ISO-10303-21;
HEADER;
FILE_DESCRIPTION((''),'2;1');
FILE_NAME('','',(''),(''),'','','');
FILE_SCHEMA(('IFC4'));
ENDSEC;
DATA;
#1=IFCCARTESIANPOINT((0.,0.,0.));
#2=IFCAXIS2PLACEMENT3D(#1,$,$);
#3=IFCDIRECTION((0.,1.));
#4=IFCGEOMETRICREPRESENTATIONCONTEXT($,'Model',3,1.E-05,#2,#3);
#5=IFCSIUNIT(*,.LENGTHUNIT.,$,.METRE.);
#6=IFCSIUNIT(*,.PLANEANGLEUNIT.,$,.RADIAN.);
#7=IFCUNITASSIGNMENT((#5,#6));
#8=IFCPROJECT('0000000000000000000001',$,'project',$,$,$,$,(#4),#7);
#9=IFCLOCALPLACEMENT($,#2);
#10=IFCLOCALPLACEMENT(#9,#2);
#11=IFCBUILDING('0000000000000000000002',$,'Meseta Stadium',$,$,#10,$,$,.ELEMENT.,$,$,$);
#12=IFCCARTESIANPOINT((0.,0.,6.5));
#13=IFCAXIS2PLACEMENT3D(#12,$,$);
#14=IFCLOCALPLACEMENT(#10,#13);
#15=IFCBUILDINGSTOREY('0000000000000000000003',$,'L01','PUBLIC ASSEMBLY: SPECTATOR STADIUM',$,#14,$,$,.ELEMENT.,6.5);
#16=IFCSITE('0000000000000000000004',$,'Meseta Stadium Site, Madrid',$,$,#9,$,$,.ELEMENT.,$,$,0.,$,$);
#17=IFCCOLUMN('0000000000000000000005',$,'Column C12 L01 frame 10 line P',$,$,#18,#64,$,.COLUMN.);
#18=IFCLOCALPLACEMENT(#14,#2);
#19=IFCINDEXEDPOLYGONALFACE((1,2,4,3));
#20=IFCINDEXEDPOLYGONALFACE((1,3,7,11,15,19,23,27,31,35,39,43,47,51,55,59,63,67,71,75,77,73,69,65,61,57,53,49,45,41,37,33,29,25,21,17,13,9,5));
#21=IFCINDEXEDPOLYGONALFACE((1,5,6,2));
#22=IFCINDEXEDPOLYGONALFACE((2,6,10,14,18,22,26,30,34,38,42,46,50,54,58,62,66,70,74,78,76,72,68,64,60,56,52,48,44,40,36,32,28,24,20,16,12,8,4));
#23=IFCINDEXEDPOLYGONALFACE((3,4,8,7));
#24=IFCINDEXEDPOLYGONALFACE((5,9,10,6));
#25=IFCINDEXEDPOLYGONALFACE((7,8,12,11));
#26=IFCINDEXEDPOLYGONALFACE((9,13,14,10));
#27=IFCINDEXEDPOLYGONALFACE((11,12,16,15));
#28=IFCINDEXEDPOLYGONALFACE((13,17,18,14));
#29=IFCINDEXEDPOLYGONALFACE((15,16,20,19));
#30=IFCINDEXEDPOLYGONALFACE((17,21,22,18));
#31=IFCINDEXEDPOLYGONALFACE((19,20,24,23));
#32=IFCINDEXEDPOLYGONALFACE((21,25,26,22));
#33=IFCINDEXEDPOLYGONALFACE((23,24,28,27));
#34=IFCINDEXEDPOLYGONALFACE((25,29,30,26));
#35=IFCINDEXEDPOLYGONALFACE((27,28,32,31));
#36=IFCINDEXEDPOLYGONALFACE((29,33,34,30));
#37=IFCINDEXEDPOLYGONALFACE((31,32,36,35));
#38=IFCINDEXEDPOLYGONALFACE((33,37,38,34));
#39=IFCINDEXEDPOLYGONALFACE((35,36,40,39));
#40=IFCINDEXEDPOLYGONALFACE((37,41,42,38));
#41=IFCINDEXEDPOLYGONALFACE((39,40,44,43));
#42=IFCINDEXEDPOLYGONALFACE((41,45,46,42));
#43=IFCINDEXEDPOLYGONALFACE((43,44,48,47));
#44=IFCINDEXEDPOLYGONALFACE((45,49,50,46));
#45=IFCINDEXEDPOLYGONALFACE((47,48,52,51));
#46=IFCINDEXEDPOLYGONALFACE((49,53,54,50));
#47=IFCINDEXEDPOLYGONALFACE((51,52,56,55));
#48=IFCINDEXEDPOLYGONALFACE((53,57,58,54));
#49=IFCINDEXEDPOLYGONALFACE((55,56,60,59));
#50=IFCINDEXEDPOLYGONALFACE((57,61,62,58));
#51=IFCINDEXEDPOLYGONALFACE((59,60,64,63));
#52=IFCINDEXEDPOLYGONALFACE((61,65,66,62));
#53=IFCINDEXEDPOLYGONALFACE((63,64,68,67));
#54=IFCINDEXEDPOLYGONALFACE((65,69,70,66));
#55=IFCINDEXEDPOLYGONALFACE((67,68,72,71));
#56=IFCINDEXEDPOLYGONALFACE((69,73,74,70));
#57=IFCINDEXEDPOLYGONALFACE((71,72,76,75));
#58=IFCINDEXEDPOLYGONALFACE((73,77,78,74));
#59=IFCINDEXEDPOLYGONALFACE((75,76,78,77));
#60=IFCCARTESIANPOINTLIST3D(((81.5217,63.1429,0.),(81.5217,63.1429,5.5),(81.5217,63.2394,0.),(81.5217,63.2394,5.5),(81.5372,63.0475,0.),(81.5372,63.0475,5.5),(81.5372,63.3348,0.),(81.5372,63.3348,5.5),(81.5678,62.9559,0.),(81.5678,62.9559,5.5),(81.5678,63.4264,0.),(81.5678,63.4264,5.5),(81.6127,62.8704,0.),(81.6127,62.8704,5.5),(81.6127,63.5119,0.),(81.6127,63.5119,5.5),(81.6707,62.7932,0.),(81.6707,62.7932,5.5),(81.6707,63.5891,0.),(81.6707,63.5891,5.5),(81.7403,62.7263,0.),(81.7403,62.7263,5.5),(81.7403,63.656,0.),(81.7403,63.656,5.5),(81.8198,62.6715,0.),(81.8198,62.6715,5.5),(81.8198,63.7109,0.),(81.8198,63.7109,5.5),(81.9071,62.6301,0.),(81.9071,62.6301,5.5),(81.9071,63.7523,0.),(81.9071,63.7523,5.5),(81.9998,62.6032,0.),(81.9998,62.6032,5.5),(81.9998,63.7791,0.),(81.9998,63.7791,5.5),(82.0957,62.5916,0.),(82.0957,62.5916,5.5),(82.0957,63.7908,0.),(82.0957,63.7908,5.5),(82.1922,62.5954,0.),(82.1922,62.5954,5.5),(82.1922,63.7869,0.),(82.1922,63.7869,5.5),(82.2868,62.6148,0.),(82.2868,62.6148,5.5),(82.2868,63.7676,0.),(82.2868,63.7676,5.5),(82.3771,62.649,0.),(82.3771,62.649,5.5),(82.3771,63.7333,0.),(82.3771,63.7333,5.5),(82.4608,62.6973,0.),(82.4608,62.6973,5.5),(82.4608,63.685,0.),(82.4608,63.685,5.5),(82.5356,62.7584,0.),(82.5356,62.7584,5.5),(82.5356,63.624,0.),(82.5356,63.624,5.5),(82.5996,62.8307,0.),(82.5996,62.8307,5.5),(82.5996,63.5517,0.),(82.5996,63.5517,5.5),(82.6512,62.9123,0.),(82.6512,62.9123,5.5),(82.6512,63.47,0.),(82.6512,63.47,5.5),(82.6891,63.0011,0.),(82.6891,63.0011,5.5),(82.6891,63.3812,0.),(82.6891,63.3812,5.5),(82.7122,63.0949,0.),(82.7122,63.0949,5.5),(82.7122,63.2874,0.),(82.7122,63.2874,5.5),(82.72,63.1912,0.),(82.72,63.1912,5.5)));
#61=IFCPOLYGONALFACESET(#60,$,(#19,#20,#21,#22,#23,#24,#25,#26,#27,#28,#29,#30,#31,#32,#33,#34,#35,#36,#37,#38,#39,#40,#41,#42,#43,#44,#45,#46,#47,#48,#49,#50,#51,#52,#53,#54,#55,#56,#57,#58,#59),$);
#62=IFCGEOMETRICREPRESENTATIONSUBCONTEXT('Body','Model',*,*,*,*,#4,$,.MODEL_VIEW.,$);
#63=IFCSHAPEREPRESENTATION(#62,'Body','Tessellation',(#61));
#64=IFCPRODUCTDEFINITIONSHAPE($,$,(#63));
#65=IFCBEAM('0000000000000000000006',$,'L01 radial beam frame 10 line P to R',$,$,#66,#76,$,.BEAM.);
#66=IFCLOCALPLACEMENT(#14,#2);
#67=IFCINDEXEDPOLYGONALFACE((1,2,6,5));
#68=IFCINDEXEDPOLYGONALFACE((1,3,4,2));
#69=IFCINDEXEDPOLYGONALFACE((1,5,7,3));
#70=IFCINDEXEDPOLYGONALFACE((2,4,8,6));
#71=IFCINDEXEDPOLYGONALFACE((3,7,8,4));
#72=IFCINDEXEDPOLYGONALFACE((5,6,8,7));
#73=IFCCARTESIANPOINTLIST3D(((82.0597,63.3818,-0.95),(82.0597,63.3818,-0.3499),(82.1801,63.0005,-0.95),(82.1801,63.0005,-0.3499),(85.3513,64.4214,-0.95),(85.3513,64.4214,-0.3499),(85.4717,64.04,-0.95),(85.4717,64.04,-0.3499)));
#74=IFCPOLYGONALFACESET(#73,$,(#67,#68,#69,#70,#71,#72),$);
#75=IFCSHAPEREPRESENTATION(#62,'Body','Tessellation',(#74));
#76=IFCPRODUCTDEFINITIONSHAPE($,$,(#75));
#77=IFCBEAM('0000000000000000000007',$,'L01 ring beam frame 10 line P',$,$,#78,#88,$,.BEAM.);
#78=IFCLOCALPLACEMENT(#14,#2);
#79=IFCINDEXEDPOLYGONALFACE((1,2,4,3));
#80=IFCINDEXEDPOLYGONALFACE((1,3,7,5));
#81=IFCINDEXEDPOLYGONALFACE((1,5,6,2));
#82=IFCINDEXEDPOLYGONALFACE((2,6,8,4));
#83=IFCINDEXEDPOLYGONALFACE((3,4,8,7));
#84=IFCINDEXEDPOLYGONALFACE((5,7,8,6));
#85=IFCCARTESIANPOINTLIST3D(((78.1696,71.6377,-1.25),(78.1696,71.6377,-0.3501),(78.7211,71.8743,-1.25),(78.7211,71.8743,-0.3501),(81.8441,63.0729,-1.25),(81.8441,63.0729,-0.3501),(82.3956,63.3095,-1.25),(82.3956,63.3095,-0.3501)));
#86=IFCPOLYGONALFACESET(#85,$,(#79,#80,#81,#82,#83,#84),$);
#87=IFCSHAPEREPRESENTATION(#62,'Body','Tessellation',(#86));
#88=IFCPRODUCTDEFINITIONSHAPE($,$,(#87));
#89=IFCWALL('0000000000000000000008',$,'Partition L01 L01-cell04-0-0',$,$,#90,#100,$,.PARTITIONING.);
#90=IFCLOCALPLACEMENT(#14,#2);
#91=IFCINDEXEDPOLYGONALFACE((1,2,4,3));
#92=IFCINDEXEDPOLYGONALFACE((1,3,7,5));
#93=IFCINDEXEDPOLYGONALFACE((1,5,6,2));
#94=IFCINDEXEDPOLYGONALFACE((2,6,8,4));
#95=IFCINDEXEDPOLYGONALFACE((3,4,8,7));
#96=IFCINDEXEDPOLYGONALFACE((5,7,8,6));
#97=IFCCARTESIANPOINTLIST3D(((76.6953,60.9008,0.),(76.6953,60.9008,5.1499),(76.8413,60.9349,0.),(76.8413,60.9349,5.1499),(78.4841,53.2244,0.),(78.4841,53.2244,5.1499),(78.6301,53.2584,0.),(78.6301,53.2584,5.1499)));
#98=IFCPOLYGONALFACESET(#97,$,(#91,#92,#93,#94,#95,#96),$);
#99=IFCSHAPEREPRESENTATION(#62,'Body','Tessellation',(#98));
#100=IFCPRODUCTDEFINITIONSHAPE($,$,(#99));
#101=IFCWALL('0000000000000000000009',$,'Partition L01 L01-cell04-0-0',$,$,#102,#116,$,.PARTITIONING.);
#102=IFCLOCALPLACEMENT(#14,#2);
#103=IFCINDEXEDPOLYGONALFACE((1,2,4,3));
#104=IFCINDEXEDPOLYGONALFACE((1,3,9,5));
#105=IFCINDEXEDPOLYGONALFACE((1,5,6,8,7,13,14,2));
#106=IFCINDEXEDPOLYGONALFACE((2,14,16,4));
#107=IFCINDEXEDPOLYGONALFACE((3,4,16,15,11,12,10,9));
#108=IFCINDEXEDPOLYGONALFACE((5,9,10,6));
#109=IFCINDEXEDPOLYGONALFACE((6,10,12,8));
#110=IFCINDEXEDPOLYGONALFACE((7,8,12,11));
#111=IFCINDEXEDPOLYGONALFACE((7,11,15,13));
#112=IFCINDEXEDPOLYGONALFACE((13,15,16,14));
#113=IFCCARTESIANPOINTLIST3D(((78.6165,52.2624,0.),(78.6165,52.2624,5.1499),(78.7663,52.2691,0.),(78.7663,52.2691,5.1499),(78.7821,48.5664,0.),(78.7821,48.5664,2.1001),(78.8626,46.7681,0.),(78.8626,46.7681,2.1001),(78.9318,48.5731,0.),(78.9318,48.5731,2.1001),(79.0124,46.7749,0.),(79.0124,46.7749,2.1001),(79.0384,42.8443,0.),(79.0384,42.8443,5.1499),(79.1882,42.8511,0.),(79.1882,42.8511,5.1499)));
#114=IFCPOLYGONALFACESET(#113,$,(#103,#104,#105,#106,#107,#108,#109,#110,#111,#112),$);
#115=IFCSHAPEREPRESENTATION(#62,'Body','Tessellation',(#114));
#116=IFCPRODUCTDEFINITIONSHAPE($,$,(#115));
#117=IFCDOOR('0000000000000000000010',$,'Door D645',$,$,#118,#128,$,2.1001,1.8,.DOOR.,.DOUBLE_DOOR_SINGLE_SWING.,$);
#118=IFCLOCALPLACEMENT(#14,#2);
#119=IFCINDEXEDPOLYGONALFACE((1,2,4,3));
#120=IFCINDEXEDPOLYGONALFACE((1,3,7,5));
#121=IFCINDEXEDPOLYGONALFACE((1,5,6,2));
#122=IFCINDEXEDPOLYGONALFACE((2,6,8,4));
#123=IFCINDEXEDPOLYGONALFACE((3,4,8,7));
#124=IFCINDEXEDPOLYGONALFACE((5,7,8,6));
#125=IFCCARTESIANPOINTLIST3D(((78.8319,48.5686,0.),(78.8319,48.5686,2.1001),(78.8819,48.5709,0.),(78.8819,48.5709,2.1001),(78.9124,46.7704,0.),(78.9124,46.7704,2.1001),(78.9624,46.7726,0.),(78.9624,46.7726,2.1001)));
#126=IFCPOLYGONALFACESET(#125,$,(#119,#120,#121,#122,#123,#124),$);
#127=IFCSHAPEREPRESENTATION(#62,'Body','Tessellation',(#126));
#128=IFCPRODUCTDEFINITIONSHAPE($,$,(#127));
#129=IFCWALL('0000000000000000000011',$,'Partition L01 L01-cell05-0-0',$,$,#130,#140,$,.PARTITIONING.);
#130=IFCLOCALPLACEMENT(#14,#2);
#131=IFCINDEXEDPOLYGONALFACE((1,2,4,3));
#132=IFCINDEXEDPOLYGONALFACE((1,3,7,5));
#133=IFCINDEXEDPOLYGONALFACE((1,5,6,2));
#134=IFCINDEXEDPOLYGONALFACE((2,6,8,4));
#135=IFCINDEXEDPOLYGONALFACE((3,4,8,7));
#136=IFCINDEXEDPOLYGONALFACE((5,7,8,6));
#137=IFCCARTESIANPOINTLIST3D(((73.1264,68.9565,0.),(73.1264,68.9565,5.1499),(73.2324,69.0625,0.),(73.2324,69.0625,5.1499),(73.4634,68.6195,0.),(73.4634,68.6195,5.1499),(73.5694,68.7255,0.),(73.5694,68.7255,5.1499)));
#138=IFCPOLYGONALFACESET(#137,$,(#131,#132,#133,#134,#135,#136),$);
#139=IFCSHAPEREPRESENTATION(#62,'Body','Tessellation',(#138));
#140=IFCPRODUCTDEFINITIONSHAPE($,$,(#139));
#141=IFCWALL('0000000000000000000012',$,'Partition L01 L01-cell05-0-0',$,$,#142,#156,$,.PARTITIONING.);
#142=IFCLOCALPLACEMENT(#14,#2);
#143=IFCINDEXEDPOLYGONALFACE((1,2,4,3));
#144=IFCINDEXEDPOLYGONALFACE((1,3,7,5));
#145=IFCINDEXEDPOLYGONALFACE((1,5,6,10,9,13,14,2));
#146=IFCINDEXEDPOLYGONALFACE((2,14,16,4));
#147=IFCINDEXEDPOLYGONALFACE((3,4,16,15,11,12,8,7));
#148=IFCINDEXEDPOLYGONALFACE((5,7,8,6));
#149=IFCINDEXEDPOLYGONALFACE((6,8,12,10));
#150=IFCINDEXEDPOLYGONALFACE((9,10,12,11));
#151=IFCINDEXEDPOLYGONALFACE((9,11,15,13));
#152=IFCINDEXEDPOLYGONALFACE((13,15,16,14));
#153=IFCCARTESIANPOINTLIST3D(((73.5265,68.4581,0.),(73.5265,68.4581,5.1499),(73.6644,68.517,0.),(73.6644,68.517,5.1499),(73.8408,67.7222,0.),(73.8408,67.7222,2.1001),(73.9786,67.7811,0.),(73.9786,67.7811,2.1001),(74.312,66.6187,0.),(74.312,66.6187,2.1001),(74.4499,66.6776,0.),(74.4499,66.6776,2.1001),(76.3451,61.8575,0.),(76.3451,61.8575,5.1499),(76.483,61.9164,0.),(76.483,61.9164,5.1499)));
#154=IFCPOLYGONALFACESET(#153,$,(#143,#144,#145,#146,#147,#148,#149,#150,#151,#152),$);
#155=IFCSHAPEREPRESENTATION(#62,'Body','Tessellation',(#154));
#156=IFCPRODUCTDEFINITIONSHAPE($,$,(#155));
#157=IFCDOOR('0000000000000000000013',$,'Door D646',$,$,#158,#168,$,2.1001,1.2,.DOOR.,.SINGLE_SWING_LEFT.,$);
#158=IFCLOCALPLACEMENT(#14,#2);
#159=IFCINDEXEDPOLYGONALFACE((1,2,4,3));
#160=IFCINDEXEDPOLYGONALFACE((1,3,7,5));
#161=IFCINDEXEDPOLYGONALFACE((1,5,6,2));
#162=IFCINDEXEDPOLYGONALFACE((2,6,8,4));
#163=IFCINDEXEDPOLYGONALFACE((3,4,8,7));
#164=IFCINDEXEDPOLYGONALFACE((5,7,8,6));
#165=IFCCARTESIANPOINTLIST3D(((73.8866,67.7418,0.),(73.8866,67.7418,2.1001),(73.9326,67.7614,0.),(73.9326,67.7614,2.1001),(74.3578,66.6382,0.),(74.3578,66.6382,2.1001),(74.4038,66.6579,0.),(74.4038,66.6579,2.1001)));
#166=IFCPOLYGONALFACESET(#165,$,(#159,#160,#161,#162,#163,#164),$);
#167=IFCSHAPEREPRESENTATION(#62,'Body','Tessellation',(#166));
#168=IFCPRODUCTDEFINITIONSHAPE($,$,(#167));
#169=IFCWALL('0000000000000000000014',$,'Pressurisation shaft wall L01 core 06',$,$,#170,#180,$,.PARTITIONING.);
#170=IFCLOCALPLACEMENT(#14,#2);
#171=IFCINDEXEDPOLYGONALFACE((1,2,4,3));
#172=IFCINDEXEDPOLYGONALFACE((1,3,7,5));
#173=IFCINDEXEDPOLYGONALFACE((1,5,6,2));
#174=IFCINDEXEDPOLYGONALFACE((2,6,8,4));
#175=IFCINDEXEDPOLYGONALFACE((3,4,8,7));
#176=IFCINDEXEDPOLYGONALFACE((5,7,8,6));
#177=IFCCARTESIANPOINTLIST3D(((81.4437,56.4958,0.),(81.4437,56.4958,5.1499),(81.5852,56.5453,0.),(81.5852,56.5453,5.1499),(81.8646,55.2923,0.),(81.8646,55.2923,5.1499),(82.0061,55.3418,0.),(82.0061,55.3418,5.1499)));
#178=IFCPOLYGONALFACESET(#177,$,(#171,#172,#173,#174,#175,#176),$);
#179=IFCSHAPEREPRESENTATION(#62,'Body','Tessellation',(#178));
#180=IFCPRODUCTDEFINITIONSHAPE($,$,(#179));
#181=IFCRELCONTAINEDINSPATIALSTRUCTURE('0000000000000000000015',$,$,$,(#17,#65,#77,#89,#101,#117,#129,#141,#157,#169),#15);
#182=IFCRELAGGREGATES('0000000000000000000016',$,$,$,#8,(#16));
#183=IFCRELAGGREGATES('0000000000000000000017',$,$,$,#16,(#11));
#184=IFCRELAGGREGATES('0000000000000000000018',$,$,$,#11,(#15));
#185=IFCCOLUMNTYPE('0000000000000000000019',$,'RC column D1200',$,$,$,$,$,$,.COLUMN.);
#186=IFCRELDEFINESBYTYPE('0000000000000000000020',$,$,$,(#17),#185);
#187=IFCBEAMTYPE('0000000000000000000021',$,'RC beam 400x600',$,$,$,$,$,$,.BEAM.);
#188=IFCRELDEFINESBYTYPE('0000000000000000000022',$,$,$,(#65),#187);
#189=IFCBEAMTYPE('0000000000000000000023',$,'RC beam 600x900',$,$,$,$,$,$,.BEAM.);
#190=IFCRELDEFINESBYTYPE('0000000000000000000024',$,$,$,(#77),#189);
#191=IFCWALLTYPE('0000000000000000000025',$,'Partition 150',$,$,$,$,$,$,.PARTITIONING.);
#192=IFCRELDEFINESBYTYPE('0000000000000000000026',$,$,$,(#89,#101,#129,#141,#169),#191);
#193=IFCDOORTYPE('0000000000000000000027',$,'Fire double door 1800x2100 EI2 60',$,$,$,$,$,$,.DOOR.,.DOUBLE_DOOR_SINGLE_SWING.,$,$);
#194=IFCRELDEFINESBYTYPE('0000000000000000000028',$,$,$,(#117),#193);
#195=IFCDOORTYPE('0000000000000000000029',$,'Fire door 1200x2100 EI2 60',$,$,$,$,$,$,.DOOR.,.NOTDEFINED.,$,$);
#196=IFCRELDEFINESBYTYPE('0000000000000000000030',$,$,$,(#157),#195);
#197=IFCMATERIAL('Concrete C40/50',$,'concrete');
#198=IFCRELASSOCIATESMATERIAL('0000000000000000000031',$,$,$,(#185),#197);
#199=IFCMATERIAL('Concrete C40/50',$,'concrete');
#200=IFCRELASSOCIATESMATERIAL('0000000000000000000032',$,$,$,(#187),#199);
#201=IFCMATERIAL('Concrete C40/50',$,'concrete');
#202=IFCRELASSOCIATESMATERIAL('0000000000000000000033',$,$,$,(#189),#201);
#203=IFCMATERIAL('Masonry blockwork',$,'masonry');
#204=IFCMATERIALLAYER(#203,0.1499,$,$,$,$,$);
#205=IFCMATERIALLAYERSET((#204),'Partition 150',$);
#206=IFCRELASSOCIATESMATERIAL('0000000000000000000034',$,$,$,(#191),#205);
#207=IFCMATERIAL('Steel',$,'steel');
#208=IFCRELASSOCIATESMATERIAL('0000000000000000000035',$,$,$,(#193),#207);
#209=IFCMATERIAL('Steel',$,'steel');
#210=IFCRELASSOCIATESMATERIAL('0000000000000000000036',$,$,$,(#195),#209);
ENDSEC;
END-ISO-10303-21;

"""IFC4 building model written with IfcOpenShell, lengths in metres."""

from ifc_helpers import new_model, si_unit, direction, frame, frame_2d, origin, origin_2d, place, context, subcontext, project, spatial, rectangle, circle, extrude, material, layer, layer_set, material_profile, profile_set, type_object, element, fill, save


model = new_model("IFC4")

# Units and contexts
model_context = context("Model", 3, precision=1e-05, world=origin(), true_north=direction((0.0, 1.0)))
body_context = subcontext(model_context, "Body", "Model", "MODEL_VIEW")
ifc_project = project(units=[si_unit("LENGTHUNIT", "METRE"), si_unit("PLANEANGLEUNIT", "RADIAN")], contexts=[model_context])

# Site, building, storey
site_placement = place(None, origin())
site = spatial("IfcSite", under=ifc_project, at=site_placement, Name="Meseta Stadium Site, Madrid", CompositionType="ELEMENT", RefElevation=0.0)
building_placement = place(site_placement, origin())
building = spatial("IfcBuilding", under=site, at=building_placement, Name="Meseta Stadium", CompositionType="ELEMENT")
storey_placement = place(building_placement, frame((0.0, 0.0, 6.5)))
storey = spatial("IfcBuildingStorey", under=building, at=storey_placement, Name="L01", Description="PUBLIC ASSEMBLY: SPECTATOR STADIUM", CompositionType="ELEMENT", Elevation=6.5)

# Column
ifc_material_1 = material(Name="Concrete C40/50", Category="concrete")
ifc_material_profile_1 = material_profile(ifc_material_1, circle(Radius=0.6001, at=origin_2d()), Name="RC D1200")
ifc_profile_set_1 = profile_set([ifc_material_profile_1], Name="Concrete C40/50")
column_type = type_object("IfcColumnType", Name="RC column D1200", PredefinedType="COLUMN", material=ifc_profile_set_1)
column_placement = place(storey_placement, frame((82.1199, 63.1912, 0.0), z_axis=(0.0, 0.0, 1.0), x_axis=(1.0, 0.0, 0.0)))
element("IfcColumn", 1, at=column_placement, inside=storey, type_object=column_type, Name="Column C12 L01 frame 10 line P", PredefinedType="COLUMN", context=body_context, shape_type="SweptSolid", body=[
    extrude(circle(Radius=0.6001, at=origin_2d()), origin(), (0.0, 0.0, 1.0), 5.5),
])

# Beams
ifc_material_2 = material(Name="Concrete C40/50", Category="concrete")
ifc_material_profile_2 = material_profile(ifc_material_2, rectangle(XDim=0.3999, YDim=0.6001, at=origin_2d()), Name="RC 400x600")
ifc_profile_set_2 = profile_set([ifc_material_profile_2], Name="Concrete C40/50")
beam_type_1 = type_object("IfcBeamType", Name="RC beam 400x600", PredefinedType="BEAM", material=ifc_profile_set_2)
beam_1_placement = place(storey_placement, frame((82.1199, 63.1912, -0.6499), z_axis=(0.953578, 0.301145, 0.0), x_axis=(-0.301145, 0.953578, 0.0)))
element("IfcBeam", 2, at=beam_1_placement, inside=storey, type_object=beam_type_1, Name="L01 radial beam frame 10 line P to R", PredefinedType="BEAM", context=body_context, shape_type="SweptSolid", body=[
    extrude(rectangle(XDim=0.3999, YDim=0.6001, at=origin_2d()), origin(), (0.0, 0.0, 1.0), 3.4519),
])
ifc_material_3 = material(Name="Concrete C40/50", Category="concrete")
ifc_material_profile_3 = material_profile(ifc_material_3, rectangle(XDim=0.6001, YDim=0.8999, at=origin_2d()), Name="RC 600x900")
ifc_profile_set_3 = profile_set([ifc_material_profile_3], Name="Concrete C40/50")
beam_type_2 = type_object("IfcBeamType", Name="RC beam 600x900", PredefinedType="BEAM", material=ifc_profile_set_3)
beam_2_placement = place(storey_placement, frame((82.1199, 63.1912, -0.8), z_axis=(-0.39427, 0.918995, 0.0), x_axis=(-0.918995, -0.39427, 0.0)))
element("IfcBeam", 3, at=beam_2_placement, inside=storey, type_object=beam_type_2, Name="L01 ring beam frame 10 line P", PredefinedType="BEAM", context=body_context, shape_type="SweptSolid", body=[
    extrude(rectangle(XDim=0.6001, YDim=0.8999, at=origin_2d()), origin(), (0.0, 0.0, 1.0), 9.3198),
])

# Wall
ifc_material_4 = material(Name="Masonry blockwork", Category="masonry")
ifc_layer = layer(ifc_material_4, 0.1499)
ifc_layer_set = layer_set([ifc_layer], Name="Partition 150")
wall_type = type_object("IfcWallType", Name="Partition 150", PredefinedType="PARTITIONING", material=ifc_layer_set)
wall_1_placement = place(storey_placement, frame((76.7683, 60.9177, 0.0), z_axis=(0.0, 0.0, 1.0), x_axis=(0.226945, -0.973908, 0.0)))
element("IfcWall", 4, at=wall_1_placement, inside=storey, type_object=wall_type, Name="Partition L01 L01-cell04-0-0", PredefinedType="PARTITIONING", context=body_context, shape_type="SweptSolid", body=[
    extrude(rectangle(XDim=7.8821, YDim=0.1499, at=frame_2d((3.9409, 0.0))), origin(), (0.0, 0.0, 1.0), 5.1499),
])

# Wall, opening, door
wall_2_placement = place(storey_placement, frame((78.6914, 52.2659, 0.0), z_axis=(0.0, 0.0, 1.0), x_axis=(0.04475, -0.998998, 0.0)))
wall_2 = element("IfcWall", 5, at=wall_2_placement, inside=storey, type_object=wall_type, Name="Partition L01 L01-cell04-0-0", PredefinedType="PARTITIONING", context=body_context, shape_type="SweptSolid", body=[
    extrude(rectangle(XDim=9.4275, YDim=0.1499, at=frame_2d((4.7139, 0.0))), origin(), (0.0, 0.0, 1.0), 5.1499),
])
opening_1_placement = place(wall_2_placement, frame((3.7, 0.0, 0.0)))
opening_1 = element("IfcOpeningElement", 6, at=opening_1_placement, cuts=wall_2, PredefinedType="OPENING", context=body_context, shape_type="SweptSolid", body=[
    extrude(rectangle(XDim=1.8, YDim=2.1001, at=frame_2d((0.8999, 1.05))), frame((0.0, 0.085, 0.0), z_axis=(0.0, -1.0, 0.0), x_axis=(1.0, 0.0, 0.0)), (0.0, 0.0, 1.0), 0.1699),
])
ifc_material_5 = material(Name="Steel", Category="steel")
door_type_1 = type_object("IfcDoorType", Name="Fire double door 1800x2100 EI2 60", OperationType="DOUBLE_DOOR_SINGLE_SWING", PredefinedType="DOOR", material=ifc_material_5)
door_1_placement = place(opening_1_placement, origin())
door_1 = element("IfcDoor", 7, at=door_1_placement, inside=storey, type_object=door_type_1, Name="Door D645", OperationType="DOUBLE_DOOR_SINGLE_SWING", OverallHeight=2.1001, OverallWidth=1.8, PredefinedType="DOOR", context=body_context, shape_type="SweptSolid", body=[
    extrude(rectangle(XDim=1.8, YDim=2.1001, at=frame_2d((0.8999, 1.05))), frame((0.0, 0.0249, 0.0), z_axis=(0.0, -1.0, 0.0), x_axis=(1.0, 0.0, 0.0)), (0.0, 0.0, 1.0), 0.05),
])
fill(opening_1, door_1)

# Wall
wall_3_placement = place(storey_placement, frame((73.1794, 69.0095, 0.0), z_axis=(0.0, 0.0, 1.0), x_axis=(0.707107, -0.707107, 0.0)))
element("IfcWall", 8, at=wall_3_placement, inside=storey, type_object=wall_type, Name="Partition L01 L01-cell05-0-0", PredefinedType="PARTITIONING", context=body_context, shape_type="SweptSolid", body=[
    extrude(rectangle(XDim=0.4766, YDim=0.1499, at=frame_2d((0.2383, 0.0))), origin(), (0.0, 0.0, 1.0), 5.1499),
])

# Wall, opening, door
wall_4_placement = place(storey_placement, frame((73.5955, 68.4875, 0.0), z_axis=(0.0, 0.0, 1.0), x_axis=(0.392716, -0.91966, 0.0)))
wall_4 = element("IfcWall", 9, at=wall_4_placement, inside=storey, type_object=wall_type, Name="Partition L01 L01-cell05-0-0", PredefinedType="PARTITIONING", context=body_context, shape_type="SweptSolid", body=[
    extrude(rectangle(XDim=7.1772, YDim=0.1499, at=frame_2d((3.5886, 0.0))), origin(), (0.0, 0.0, 1.0), 5.1499),
])
opening_2_placement = place(wall_4_placement, frame((0.8, 0.0, 0.0)))
opening_2 = element("IfcOpeningElement", 10, at=opening_2_placement, cuts=wall_4, PredefinedType="OPENING", context=body_context, shape_type="SweptSolid", body=[
    extrude(rectangle(XDim=1.2, YDim=2.1001, at=frame_2d((0.6001, 1.05))), frame((0.0, 0.085, 0.0), z_axis=(0.0, -1.0, 0.0), x_axis=(1.0, 0.0, 0.0)), (0.0, 0.0, 1.0), 0.1699),
])
ifc_material_6 = material(Name="Steel", Category="steel")
door_type_2 = type_object("IfcDoorType", Name="Fire door 1200x2100 EI2 60", OperationType="NOTDEFINED", PredefinedType="DOOR", material=ifc_material_6)
door_2_placement = place(opening_2_placement, origin())
door_2 = element("IfcDoor", 11, at=door_2_placement, inside=storey, type_object=door_type_2, Name="Door D646", OperationType="SINGLE_SWING_LEFT", OverallHeight=2.1001, OverallWidth=1.2, PredefinedType="DOOR", context=body_context, shape_type="SweptSolid", body=[
    extrude(rectangle(XDim=1.2, YDim=2.1001, at=frame_2d((0.6001, 1.05))), frame((0.0, 0.0249, 0.0), z_axis=(0.0, -1.0, 0.0), x_axis=(1.0, 0.0, 0.0)), (0.0, 0.0, 1.0), 0.05),
])
fill(opening_2, door_2)

# Wall
wall_5_placement = place(storey_placement, frame((81.5144, 56.5205, 0.0), z_axis=(0.0, 0.0, 1.0), x_axis=(0.330154, -0.943927, 0.0)))
element("IfcWall", 12, at=wall_5_placement, inside=storey, type_object=wall_type, Name="Pressurisation shaft wall L01 core 06", PredefinedType="PARTITIONING", context=body_context, shape_type="SweptSolid", body=[
    extrude(rectangle(XDim=1.2749, YDim=0.1499, at=frame_2d((0.6375, 0.0))), origin(), (0.0, 0.0, 1.0), 5.1499),
])

save(model, "model.ifc")
